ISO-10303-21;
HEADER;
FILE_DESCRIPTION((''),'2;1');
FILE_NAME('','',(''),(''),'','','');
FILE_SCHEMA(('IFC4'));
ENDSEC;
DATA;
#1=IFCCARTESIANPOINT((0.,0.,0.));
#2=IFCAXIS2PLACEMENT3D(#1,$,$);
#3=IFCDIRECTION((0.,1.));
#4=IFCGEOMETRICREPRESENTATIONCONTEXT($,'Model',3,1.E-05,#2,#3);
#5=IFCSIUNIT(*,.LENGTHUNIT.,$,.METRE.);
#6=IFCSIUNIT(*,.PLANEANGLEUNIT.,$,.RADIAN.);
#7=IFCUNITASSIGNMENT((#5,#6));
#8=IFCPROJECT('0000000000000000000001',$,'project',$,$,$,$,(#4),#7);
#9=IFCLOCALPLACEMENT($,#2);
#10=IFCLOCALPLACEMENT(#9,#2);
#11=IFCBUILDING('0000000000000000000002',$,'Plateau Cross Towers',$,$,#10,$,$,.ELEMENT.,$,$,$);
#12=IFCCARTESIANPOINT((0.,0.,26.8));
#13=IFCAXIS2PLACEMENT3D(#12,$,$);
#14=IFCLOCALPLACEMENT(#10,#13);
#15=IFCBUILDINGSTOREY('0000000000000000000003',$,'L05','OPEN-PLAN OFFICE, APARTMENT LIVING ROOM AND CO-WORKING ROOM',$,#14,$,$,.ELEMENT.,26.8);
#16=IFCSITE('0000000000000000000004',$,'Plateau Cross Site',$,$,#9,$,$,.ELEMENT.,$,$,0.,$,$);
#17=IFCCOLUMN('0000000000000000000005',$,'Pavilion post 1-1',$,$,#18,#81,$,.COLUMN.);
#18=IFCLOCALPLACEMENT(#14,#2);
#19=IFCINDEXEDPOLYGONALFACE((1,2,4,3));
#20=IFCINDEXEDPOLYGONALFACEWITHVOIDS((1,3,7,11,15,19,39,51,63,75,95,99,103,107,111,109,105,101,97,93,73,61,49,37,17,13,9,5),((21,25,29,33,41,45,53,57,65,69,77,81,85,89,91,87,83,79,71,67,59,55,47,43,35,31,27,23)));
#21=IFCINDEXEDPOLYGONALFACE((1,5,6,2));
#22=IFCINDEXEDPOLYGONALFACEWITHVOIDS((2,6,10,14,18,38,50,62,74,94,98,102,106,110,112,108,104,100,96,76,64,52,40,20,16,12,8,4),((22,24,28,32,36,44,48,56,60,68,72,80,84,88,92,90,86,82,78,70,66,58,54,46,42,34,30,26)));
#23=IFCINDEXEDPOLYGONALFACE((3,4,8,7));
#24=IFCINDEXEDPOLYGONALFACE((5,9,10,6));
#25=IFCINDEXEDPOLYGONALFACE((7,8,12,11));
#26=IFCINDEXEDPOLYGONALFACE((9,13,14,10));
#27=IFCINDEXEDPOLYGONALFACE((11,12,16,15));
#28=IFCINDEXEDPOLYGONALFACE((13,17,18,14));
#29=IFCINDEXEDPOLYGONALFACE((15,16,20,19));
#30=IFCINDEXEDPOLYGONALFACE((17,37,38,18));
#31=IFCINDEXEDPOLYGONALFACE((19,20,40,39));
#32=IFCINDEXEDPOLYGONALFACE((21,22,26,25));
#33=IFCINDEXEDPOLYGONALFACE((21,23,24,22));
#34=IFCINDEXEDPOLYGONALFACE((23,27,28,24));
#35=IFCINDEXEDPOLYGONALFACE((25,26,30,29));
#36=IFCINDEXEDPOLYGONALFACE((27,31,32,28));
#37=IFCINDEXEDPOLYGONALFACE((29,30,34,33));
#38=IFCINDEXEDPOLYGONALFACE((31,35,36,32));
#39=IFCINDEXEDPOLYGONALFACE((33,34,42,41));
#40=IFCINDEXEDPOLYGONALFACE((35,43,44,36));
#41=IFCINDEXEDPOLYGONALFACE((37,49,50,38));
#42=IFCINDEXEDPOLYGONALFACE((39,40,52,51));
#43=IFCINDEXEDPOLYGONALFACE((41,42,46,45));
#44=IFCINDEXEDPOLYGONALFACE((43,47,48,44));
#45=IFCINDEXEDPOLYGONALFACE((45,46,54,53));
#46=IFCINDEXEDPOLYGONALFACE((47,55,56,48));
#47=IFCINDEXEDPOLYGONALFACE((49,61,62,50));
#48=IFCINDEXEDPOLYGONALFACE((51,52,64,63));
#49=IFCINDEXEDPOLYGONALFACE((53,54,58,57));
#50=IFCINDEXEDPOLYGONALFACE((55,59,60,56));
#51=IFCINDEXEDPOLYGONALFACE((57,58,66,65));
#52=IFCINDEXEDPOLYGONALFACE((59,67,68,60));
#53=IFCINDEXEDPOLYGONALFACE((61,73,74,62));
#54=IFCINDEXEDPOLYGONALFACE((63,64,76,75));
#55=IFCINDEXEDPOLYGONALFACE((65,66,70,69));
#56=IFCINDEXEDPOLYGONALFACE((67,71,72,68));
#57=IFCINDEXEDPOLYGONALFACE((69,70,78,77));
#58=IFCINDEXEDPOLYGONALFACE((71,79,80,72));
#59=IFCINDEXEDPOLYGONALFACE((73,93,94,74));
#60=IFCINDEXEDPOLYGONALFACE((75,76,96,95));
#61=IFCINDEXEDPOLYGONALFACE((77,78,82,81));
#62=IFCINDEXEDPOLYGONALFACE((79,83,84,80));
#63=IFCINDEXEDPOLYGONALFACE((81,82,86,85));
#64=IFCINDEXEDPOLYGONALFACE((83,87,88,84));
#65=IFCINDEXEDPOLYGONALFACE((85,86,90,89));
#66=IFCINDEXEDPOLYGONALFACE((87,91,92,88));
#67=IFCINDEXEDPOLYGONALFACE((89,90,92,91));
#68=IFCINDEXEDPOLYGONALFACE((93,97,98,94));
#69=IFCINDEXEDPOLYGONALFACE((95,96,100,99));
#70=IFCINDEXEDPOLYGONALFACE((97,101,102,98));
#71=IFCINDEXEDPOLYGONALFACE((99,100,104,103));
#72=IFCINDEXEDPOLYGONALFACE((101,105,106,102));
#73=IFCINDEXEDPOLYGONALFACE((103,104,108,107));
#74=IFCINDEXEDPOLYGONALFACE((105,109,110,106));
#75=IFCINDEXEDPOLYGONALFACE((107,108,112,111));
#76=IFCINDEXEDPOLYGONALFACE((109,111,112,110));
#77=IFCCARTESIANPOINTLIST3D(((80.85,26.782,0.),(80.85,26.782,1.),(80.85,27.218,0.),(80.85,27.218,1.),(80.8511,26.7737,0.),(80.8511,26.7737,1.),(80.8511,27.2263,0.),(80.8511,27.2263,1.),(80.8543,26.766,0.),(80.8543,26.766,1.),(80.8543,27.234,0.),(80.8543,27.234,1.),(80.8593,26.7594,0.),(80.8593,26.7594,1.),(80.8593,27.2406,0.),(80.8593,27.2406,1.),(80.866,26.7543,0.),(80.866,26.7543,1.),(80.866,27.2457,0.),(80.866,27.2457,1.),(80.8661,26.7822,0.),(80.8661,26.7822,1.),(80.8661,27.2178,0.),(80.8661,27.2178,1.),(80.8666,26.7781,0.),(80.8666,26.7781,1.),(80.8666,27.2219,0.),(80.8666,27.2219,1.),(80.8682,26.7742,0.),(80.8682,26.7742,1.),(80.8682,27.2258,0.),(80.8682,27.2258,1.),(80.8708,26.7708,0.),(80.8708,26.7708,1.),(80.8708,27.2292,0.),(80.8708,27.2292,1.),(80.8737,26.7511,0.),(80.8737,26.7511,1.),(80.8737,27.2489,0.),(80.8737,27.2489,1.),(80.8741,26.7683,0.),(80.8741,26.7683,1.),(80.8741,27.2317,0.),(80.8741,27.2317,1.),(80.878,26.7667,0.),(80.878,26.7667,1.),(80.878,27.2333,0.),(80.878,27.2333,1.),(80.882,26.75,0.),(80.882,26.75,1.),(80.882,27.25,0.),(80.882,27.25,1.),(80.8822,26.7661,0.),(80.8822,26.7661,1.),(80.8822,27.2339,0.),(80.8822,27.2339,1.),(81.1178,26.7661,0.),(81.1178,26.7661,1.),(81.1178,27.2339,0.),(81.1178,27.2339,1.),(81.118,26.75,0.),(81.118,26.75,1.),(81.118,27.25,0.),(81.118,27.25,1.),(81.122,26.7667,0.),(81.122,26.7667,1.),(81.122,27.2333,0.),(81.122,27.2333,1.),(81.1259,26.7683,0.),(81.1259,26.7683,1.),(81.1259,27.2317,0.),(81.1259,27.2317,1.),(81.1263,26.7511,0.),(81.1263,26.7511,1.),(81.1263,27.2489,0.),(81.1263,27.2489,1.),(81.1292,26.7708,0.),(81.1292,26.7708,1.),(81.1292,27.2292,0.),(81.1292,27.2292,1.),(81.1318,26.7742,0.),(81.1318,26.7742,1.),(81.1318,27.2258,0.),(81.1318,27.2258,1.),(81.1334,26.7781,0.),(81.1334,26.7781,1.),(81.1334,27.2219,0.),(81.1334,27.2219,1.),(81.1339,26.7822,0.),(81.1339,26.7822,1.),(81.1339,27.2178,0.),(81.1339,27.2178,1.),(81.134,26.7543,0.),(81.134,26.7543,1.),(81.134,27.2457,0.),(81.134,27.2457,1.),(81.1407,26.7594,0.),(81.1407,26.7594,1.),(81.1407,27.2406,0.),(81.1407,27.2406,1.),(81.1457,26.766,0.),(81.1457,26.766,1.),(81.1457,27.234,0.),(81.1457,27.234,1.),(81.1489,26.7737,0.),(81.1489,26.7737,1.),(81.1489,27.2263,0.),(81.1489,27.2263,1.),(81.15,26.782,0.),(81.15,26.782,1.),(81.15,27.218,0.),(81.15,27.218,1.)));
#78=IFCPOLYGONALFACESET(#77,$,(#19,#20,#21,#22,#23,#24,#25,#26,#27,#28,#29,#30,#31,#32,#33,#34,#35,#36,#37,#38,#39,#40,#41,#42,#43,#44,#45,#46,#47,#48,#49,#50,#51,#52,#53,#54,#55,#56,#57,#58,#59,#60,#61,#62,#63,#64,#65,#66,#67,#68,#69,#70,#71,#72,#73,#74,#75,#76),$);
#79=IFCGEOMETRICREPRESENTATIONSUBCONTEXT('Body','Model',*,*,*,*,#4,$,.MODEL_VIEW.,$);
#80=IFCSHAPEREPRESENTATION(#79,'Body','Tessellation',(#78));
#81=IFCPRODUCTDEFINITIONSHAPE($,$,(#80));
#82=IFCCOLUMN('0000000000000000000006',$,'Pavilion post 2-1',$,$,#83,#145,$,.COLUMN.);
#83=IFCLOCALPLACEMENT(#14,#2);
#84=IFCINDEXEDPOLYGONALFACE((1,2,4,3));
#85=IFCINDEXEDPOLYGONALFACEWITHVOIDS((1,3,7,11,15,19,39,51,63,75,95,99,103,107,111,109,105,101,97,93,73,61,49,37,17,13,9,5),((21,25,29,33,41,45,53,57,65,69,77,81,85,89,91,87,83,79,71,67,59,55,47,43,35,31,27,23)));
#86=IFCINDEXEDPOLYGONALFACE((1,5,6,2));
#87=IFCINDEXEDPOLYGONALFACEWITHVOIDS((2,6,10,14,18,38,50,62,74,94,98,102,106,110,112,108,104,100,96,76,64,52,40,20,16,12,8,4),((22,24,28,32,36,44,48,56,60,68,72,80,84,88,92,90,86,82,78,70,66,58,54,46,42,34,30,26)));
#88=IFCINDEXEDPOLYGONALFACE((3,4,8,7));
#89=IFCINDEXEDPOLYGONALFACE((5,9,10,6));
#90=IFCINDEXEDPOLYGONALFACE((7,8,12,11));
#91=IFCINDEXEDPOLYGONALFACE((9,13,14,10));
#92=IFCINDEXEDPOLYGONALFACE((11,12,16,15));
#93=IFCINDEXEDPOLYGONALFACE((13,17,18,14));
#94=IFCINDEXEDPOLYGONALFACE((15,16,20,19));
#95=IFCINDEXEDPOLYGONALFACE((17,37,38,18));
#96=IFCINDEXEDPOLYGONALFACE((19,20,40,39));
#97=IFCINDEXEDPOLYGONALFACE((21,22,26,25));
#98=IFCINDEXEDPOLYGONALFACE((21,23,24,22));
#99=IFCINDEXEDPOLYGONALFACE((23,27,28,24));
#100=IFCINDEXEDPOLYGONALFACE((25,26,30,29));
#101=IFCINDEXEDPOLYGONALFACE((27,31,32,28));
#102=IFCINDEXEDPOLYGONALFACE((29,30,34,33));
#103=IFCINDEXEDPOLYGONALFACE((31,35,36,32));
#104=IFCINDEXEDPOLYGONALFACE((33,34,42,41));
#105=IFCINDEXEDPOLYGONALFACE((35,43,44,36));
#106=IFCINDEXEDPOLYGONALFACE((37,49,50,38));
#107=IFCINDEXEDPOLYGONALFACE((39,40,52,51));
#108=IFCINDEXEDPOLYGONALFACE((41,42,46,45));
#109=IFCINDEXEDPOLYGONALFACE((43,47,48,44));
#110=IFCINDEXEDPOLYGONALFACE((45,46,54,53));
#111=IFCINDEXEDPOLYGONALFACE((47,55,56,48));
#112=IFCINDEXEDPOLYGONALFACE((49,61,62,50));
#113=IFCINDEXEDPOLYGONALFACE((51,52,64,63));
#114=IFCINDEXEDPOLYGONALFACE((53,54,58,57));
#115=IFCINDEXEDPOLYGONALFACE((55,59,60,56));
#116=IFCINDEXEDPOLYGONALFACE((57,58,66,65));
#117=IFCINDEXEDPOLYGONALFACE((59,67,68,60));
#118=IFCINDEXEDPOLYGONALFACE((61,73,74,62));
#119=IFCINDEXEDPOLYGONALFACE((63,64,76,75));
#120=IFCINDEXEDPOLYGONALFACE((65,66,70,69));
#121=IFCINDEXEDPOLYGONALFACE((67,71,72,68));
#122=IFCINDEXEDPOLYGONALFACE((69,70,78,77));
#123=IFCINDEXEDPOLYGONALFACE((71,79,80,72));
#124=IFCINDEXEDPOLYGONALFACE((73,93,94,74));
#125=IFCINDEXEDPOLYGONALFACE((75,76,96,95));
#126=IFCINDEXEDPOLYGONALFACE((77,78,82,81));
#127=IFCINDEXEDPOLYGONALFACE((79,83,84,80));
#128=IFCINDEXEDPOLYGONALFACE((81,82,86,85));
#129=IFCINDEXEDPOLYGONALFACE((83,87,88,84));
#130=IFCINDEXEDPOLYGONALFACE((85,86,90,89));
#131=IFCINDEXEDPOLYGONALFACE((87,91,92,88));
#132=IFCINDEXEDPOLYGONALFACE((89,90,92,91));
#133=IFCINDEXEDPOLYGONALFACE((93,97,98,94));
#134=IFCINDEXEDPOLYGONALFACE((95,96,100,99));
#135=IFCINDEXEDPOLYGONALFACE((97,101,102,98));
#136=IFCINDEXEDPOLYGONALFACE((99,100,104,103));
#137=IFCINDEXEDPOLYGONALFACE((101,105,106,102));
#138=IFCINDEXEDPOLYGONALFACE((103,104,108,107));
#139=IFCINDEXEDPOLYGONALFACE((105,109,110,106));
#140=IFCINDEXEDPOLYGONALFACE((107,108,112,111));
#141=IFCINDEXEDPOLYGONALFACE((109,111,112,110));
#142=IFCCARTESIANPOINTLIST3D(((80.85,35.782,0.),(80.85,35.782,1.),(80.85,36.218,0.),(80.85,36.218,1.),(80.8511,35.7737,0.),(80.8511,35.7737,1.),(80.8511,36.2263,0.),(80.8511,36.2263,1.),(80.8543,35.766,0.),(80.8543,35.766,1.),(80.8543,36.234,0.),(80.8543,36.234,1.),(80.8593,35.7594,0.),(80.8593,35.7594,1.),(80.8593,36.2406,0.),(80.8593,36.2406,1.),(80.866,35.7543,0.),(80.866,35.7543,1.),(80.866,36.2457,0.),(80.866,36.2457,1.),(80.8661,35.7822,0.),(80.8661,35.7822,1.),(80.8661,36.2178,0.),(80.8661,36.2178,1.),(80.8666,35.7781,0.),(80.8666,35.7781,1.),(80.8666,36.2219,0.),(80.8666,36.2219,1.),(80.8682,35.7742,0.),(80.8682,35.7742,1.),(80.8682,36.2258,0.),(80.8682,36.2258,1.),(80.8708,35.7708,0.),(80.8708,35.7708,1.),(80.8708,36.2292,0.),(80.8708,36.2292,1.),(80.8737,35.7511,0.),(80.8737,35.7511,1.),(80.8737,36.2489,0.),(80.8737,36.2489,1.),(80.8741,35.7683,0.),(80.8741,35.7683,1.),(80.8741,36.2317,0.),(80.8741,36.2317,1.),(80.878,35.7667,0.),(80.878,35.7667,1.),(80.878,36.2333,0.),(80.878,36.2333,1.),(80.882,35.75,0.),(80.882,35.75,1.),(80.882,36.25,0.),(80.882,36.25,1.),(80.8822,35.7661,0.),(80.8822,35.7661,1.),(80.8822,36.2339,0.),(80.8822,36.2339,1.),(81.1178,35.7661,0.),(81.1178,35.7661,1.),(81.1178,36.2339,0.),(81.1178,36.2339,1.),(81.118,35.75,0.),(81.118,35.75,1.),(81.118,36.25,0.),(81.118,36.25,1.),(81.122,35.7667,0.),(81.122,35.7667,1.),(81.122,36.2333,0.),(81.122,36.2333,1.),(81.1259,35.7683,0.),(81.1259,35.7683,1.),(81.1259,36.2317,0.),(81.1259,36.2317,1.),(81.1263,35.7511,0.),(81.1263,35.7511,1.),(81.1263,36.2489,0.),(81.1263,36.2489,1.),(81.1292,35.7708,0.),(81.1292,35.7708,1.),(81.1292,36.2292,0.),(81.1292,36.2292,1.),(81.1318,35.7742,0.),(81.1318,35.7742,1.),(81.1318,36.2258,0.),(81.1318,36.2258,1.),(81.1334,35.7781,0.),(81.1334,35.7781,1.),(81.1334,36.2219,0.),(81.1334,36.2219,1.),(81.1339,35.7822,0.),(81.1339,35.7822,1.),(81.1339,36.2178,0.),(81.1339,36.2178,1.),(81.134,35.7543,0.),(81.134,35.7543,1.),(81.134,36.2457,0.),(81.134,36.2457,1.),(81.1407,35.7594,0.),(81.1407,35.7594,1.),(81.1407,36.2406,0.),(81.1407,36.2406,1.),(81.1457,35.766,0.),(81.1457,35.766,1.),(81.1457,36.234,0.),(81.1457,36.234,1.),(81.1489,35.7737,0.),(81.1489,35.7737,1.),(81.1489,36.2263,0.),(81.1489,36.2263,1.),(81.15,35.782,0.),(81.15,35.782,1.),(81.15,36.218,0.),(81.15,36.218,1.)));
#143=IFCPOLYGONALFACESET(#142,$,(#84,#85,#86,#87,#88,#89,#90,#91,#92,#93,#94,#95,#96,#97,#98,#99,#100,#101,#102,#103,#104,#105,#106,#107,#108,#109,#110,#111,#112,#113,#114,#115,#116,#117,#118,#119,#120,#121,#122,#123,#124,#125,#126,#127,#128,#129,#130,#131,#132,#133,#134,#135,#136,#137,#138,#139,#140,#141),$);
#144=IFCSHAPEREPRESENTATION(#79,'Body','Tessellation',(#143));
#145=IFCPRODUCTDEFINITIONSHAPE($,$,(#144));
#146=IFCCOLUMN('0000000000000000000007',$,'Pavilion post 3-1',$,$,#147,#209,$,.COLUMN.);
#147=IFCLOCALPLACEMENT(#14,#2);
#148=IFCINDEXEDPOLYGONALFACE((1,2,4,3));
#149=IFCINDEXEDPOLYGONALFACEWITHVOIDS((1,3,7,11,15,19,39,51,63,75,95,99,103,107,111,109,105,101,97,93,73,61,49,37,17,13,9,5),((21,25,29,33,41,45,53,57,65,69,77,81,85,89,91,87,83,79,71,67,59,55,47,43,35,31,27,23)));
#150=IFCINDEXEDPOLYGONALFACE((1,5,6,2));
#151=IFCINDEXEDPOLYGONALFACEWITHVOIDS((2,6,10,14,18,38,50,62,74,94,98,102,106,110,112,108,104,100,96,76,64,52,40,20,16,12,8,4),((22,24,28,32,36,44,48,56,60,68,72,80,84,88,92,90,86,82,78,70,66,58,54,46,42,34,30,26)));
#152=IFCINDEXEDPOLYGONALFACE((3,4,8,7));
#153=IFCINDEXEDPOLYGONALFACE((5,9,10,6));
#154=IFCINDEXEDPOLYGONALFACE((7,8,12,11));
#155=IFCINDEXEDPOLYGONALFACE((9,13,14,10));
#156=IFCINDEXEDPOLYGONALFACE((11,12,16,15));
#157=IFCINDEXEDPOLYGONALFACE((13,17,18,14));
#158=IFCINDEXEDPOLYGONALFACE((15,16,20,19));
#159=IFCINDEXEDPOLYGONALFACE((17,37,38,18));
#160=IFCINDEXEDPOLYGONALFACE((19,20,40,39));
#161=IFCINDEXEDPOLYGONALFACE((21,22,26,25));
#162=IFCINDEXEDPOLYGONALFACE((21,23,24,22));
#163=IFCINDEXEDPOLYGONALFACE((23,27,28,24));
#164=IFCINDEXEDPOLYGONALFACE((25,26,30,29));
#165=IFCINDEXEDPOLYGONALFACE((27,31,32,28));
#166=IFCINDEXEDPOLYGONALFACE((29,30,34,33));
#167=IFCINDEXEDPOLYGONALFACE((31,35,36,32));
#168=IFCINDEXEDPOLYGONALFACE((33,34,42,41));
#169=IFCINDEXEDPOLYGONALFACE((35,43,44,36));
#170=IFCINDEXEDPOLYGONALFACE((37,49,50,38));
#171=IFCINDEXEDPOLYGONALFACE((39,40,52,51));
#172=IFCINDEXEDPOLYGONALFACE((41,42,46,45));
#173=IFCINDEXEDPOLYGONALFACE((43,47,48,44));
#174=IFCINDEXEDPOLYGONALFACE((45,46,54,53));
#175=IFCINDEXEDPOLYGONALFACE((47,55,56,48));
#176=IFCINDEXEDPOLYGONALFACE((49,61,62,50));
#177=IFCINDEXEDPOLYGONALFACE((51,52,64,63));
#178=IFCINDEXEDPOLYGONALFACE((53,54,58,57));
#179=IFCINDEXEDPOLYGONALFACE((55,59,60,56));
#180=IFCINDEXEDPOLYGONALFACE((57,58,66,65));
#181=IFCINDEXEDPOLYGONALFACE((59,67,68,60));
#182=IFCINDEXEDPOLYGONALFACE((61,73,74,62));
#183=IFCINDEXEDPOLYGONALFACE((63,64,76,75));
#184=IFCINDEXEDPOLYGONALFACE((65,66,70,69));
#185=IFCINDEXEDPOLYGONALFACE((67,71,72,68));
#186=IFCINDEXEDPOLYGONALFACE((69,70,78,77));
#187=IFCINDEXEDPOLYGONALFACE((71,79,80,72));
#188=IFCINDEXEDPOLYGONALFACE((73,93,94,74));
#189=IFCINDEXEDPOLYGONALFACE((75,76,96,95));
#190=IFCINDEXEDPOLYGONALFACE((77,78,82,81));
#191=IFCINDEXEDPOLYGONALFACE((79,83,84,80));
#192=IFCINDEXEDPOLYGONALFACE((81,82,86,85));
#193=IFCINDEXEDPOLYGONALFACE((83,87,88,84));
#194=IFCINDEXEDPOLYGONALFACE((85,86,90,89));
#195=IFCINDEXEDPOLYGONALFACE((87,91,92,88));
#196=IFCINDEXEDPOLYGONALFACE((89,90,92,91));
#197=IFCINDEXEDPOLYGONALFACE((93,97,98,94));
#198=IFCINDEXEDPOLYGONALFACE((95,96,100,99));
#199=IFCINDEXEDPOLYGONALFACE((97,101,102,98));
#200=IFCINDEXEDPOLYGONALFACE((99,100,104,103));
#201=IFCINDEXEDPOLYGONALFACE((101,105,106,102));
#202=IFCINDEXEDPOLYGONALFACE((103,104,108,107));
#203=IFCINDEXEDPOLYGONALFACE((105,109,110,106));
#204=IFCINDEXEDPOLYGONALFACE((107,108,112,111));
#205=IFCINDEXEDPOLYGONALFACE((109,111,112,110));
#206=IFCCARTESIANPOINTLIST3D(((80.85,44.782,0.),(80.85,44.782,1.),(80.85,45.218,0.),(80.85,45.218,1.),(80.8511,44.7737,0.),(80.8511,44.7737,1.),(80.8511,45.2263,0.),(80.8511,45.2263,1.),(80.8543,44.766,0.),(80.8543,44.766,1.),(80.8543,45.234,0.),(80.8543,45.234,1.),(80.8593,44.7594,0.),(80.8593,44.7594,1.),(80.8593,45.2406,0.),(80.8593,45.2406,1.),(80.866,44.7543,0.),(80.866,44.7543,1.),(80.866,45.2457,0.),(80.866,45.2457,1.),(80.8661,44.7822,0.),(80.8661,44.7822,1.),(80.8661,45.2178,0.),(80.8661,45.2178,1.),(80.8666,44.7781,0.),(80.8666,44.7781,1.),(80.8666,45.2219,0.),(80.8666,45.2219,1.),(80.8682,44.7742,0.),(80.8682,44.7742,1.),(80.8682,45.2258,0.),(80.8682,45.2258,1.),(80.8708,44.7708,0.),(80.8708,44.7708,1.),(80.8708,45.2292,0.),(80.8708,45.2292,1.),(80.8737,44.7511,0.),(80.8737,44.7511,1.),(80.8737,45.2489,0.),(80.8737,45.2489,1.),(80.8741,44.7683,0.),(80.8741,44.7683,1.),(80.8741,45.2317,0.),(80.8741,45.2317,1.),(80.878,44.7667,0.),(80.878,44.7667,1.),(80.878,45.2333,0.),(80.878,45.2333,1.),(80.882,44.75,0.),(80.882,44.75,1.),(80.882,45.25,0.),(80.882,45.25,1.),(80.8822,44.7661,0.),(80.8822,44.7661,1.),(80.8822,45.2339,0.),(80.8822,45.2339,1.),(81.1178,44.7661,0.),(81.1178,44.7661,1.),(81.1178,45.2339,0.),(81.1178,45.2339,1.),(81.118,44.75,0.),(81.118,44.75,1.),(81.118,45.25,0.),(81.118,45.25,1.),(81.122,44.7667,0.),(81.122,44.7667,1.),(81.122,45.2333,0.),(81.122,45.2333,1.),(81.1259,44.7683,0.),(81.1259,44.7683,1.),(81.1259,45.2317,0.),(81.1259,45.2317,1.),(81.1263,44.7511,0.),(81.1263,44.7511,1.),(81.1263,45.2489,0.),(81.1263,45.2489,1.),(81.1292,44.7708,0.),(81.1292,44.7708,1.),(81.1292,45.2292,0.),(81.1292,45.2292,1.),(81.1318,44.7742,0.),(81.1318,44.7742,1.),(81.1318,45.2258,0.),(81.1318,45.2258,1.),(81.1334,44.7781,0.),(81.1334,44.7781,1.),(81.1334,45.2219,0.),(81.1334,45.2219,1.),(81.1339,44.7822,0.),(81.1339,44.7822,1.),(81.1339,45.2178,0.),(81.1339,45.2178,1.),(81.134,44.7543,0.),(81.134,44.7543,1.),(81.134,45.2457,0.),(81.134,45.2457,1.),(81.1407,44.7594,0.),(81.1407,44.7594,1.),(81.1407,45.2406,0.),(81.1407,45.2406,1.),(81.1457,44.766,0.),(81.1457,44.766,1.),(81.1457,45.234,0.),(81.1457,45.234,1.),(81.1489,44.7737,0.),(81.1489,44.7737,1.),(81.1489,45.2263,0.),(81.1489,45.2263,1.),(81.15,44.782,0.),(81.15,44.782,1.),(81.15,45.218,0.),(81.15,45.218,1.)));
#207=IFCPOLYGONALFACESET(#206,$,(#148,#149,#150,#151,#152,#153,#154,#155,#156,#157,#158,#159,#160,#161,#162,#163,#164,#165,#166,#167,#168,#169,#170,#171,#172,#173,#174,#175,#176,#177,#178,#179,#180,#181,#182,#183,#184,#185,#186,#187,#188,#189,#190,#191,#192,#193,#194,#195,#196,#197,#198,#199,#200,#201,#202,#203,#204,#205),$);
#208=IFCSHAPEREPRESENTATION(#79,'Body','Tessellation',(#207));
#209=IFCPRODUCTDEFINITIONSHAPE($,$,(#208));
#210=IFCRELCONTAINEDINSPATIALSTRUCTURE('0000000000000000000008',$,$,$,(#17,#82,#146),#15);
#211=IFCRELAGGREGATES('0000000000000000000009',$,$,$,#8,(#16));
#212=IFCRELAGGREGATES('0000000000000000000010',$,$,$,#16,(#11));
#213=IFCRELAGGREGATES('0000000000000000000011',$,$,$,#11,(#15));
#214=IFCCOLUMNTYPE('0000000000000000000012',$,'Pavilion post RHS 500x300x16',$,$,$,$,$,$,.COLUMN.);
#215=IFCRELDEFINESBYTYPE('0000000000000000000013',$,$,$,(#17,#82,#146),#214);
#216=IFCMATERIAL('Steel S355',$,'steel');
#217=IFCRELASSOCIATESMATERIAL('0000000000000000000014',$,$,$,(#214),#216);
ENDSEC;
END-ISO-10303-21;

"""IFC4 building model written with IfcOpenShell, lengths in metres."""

from ifc_helpers import new_model, si_unit, direction, frame, origin, origin_2d, place, context, subcontext, project, spatial, hollow_rectangle, extrude, material, material_profile, profile_set, type_object, element, save


model = new_model("IFC4")

# Units and contexts
model_context = context("Model", 3, precision=1e-05, world=origin(), true_north=direction((0.0, 1.0)))
body_context = subcontext(model_context, "Body", "Model", "MODEL_VIEW")
ifc_project = project(units=[si_unit("LENGTHUNIT", "METRE"), si_unit("PLANEANGLEUNIT", "RADIAN")], contexts=[model_context])

# Site, building, storey
site_placement = place(None, origin())
site = spatial("IfcSite", under=ifc_project, at=site_placement, Name="Plateau Cross Site", CompositionType="ELEMENT", RefElevation=0.0)
building_placement = place(site_placement, origin())
building = spatial("IfcBuilding", under=site, at=building_placement, Name="Plateau Cross Towers", CompositionType="ELEMENT")
storey_placement = place(building_placement, frame((0.0, 0.0, 26.8)))
storey = spatial("IfcBuildingStorey", under=building, at=storey_placement, Name="L05", Description="OPEN-PLAN OFFICE, APARTMENT LIVING ROOM AND CO-WORKING ROOM", CompositionType="ELEMENT", Elevation=26.8)

# Columns
ifc_material_1 = material(Name="Steel S355", Category="steel")
ifc_material_profile_1 = material_profile(ifc_material_1, hollow_rectangle(XDim=0.3, YDim=0.5, WallThickness=0.0161, InnerFilletRadius=0.0161, OuterFilletRadius=0.032, at=origin_2d()), Name="RHS 500x300x16")
ifc_profile_set_1 = profile_set([ifc_material_profile_1], Name="Steel S355")
column_type_1 = type_object("IfcColumnType", Name="Pavilion post RHS 500x300x16", PredefinedType="COLUMN", material=ifc_profile_set_1)
for number, where, z_axis, x_axis, name in (
    (1, (81.0, 27.0, 0.0), (0.0, 0.0, 1.0), (1.0, 0.0, 0.0), "Pavilion post 1-1"),
    (2, (81.0, 36.0, 0.0), (0.0, 0.0, 1.0), (1.0, 0.0, 0.0), "Pavilion post 2-1"),
    (3, (81.0, 45.0, 0.0), (0.0, 0.0, 1.0), (1.0, 0.0, 0.0), "Pavilion post 3-1"),
):
    element("IfcColumn", number, at=place(storey_placement, frame(where, z_axis=z_axis, x_axis=x_axis)), inside=storey, type_object=column_type_1, Name=name, PredefinedType="COLUMN", context=body_context, shape_type="SweptSolid", body=[
        extrude(hollow_rectangle(XDim=0.3, YDim=0.5, WallThickness=0.0161, InnerFilletRadius=0.0161, OuterFilletRadius=0.032, at=origin_2d()), origin(), (0.0, 0.0, 1.0), 1.0),
    ])

save(model, "model.ifc")
